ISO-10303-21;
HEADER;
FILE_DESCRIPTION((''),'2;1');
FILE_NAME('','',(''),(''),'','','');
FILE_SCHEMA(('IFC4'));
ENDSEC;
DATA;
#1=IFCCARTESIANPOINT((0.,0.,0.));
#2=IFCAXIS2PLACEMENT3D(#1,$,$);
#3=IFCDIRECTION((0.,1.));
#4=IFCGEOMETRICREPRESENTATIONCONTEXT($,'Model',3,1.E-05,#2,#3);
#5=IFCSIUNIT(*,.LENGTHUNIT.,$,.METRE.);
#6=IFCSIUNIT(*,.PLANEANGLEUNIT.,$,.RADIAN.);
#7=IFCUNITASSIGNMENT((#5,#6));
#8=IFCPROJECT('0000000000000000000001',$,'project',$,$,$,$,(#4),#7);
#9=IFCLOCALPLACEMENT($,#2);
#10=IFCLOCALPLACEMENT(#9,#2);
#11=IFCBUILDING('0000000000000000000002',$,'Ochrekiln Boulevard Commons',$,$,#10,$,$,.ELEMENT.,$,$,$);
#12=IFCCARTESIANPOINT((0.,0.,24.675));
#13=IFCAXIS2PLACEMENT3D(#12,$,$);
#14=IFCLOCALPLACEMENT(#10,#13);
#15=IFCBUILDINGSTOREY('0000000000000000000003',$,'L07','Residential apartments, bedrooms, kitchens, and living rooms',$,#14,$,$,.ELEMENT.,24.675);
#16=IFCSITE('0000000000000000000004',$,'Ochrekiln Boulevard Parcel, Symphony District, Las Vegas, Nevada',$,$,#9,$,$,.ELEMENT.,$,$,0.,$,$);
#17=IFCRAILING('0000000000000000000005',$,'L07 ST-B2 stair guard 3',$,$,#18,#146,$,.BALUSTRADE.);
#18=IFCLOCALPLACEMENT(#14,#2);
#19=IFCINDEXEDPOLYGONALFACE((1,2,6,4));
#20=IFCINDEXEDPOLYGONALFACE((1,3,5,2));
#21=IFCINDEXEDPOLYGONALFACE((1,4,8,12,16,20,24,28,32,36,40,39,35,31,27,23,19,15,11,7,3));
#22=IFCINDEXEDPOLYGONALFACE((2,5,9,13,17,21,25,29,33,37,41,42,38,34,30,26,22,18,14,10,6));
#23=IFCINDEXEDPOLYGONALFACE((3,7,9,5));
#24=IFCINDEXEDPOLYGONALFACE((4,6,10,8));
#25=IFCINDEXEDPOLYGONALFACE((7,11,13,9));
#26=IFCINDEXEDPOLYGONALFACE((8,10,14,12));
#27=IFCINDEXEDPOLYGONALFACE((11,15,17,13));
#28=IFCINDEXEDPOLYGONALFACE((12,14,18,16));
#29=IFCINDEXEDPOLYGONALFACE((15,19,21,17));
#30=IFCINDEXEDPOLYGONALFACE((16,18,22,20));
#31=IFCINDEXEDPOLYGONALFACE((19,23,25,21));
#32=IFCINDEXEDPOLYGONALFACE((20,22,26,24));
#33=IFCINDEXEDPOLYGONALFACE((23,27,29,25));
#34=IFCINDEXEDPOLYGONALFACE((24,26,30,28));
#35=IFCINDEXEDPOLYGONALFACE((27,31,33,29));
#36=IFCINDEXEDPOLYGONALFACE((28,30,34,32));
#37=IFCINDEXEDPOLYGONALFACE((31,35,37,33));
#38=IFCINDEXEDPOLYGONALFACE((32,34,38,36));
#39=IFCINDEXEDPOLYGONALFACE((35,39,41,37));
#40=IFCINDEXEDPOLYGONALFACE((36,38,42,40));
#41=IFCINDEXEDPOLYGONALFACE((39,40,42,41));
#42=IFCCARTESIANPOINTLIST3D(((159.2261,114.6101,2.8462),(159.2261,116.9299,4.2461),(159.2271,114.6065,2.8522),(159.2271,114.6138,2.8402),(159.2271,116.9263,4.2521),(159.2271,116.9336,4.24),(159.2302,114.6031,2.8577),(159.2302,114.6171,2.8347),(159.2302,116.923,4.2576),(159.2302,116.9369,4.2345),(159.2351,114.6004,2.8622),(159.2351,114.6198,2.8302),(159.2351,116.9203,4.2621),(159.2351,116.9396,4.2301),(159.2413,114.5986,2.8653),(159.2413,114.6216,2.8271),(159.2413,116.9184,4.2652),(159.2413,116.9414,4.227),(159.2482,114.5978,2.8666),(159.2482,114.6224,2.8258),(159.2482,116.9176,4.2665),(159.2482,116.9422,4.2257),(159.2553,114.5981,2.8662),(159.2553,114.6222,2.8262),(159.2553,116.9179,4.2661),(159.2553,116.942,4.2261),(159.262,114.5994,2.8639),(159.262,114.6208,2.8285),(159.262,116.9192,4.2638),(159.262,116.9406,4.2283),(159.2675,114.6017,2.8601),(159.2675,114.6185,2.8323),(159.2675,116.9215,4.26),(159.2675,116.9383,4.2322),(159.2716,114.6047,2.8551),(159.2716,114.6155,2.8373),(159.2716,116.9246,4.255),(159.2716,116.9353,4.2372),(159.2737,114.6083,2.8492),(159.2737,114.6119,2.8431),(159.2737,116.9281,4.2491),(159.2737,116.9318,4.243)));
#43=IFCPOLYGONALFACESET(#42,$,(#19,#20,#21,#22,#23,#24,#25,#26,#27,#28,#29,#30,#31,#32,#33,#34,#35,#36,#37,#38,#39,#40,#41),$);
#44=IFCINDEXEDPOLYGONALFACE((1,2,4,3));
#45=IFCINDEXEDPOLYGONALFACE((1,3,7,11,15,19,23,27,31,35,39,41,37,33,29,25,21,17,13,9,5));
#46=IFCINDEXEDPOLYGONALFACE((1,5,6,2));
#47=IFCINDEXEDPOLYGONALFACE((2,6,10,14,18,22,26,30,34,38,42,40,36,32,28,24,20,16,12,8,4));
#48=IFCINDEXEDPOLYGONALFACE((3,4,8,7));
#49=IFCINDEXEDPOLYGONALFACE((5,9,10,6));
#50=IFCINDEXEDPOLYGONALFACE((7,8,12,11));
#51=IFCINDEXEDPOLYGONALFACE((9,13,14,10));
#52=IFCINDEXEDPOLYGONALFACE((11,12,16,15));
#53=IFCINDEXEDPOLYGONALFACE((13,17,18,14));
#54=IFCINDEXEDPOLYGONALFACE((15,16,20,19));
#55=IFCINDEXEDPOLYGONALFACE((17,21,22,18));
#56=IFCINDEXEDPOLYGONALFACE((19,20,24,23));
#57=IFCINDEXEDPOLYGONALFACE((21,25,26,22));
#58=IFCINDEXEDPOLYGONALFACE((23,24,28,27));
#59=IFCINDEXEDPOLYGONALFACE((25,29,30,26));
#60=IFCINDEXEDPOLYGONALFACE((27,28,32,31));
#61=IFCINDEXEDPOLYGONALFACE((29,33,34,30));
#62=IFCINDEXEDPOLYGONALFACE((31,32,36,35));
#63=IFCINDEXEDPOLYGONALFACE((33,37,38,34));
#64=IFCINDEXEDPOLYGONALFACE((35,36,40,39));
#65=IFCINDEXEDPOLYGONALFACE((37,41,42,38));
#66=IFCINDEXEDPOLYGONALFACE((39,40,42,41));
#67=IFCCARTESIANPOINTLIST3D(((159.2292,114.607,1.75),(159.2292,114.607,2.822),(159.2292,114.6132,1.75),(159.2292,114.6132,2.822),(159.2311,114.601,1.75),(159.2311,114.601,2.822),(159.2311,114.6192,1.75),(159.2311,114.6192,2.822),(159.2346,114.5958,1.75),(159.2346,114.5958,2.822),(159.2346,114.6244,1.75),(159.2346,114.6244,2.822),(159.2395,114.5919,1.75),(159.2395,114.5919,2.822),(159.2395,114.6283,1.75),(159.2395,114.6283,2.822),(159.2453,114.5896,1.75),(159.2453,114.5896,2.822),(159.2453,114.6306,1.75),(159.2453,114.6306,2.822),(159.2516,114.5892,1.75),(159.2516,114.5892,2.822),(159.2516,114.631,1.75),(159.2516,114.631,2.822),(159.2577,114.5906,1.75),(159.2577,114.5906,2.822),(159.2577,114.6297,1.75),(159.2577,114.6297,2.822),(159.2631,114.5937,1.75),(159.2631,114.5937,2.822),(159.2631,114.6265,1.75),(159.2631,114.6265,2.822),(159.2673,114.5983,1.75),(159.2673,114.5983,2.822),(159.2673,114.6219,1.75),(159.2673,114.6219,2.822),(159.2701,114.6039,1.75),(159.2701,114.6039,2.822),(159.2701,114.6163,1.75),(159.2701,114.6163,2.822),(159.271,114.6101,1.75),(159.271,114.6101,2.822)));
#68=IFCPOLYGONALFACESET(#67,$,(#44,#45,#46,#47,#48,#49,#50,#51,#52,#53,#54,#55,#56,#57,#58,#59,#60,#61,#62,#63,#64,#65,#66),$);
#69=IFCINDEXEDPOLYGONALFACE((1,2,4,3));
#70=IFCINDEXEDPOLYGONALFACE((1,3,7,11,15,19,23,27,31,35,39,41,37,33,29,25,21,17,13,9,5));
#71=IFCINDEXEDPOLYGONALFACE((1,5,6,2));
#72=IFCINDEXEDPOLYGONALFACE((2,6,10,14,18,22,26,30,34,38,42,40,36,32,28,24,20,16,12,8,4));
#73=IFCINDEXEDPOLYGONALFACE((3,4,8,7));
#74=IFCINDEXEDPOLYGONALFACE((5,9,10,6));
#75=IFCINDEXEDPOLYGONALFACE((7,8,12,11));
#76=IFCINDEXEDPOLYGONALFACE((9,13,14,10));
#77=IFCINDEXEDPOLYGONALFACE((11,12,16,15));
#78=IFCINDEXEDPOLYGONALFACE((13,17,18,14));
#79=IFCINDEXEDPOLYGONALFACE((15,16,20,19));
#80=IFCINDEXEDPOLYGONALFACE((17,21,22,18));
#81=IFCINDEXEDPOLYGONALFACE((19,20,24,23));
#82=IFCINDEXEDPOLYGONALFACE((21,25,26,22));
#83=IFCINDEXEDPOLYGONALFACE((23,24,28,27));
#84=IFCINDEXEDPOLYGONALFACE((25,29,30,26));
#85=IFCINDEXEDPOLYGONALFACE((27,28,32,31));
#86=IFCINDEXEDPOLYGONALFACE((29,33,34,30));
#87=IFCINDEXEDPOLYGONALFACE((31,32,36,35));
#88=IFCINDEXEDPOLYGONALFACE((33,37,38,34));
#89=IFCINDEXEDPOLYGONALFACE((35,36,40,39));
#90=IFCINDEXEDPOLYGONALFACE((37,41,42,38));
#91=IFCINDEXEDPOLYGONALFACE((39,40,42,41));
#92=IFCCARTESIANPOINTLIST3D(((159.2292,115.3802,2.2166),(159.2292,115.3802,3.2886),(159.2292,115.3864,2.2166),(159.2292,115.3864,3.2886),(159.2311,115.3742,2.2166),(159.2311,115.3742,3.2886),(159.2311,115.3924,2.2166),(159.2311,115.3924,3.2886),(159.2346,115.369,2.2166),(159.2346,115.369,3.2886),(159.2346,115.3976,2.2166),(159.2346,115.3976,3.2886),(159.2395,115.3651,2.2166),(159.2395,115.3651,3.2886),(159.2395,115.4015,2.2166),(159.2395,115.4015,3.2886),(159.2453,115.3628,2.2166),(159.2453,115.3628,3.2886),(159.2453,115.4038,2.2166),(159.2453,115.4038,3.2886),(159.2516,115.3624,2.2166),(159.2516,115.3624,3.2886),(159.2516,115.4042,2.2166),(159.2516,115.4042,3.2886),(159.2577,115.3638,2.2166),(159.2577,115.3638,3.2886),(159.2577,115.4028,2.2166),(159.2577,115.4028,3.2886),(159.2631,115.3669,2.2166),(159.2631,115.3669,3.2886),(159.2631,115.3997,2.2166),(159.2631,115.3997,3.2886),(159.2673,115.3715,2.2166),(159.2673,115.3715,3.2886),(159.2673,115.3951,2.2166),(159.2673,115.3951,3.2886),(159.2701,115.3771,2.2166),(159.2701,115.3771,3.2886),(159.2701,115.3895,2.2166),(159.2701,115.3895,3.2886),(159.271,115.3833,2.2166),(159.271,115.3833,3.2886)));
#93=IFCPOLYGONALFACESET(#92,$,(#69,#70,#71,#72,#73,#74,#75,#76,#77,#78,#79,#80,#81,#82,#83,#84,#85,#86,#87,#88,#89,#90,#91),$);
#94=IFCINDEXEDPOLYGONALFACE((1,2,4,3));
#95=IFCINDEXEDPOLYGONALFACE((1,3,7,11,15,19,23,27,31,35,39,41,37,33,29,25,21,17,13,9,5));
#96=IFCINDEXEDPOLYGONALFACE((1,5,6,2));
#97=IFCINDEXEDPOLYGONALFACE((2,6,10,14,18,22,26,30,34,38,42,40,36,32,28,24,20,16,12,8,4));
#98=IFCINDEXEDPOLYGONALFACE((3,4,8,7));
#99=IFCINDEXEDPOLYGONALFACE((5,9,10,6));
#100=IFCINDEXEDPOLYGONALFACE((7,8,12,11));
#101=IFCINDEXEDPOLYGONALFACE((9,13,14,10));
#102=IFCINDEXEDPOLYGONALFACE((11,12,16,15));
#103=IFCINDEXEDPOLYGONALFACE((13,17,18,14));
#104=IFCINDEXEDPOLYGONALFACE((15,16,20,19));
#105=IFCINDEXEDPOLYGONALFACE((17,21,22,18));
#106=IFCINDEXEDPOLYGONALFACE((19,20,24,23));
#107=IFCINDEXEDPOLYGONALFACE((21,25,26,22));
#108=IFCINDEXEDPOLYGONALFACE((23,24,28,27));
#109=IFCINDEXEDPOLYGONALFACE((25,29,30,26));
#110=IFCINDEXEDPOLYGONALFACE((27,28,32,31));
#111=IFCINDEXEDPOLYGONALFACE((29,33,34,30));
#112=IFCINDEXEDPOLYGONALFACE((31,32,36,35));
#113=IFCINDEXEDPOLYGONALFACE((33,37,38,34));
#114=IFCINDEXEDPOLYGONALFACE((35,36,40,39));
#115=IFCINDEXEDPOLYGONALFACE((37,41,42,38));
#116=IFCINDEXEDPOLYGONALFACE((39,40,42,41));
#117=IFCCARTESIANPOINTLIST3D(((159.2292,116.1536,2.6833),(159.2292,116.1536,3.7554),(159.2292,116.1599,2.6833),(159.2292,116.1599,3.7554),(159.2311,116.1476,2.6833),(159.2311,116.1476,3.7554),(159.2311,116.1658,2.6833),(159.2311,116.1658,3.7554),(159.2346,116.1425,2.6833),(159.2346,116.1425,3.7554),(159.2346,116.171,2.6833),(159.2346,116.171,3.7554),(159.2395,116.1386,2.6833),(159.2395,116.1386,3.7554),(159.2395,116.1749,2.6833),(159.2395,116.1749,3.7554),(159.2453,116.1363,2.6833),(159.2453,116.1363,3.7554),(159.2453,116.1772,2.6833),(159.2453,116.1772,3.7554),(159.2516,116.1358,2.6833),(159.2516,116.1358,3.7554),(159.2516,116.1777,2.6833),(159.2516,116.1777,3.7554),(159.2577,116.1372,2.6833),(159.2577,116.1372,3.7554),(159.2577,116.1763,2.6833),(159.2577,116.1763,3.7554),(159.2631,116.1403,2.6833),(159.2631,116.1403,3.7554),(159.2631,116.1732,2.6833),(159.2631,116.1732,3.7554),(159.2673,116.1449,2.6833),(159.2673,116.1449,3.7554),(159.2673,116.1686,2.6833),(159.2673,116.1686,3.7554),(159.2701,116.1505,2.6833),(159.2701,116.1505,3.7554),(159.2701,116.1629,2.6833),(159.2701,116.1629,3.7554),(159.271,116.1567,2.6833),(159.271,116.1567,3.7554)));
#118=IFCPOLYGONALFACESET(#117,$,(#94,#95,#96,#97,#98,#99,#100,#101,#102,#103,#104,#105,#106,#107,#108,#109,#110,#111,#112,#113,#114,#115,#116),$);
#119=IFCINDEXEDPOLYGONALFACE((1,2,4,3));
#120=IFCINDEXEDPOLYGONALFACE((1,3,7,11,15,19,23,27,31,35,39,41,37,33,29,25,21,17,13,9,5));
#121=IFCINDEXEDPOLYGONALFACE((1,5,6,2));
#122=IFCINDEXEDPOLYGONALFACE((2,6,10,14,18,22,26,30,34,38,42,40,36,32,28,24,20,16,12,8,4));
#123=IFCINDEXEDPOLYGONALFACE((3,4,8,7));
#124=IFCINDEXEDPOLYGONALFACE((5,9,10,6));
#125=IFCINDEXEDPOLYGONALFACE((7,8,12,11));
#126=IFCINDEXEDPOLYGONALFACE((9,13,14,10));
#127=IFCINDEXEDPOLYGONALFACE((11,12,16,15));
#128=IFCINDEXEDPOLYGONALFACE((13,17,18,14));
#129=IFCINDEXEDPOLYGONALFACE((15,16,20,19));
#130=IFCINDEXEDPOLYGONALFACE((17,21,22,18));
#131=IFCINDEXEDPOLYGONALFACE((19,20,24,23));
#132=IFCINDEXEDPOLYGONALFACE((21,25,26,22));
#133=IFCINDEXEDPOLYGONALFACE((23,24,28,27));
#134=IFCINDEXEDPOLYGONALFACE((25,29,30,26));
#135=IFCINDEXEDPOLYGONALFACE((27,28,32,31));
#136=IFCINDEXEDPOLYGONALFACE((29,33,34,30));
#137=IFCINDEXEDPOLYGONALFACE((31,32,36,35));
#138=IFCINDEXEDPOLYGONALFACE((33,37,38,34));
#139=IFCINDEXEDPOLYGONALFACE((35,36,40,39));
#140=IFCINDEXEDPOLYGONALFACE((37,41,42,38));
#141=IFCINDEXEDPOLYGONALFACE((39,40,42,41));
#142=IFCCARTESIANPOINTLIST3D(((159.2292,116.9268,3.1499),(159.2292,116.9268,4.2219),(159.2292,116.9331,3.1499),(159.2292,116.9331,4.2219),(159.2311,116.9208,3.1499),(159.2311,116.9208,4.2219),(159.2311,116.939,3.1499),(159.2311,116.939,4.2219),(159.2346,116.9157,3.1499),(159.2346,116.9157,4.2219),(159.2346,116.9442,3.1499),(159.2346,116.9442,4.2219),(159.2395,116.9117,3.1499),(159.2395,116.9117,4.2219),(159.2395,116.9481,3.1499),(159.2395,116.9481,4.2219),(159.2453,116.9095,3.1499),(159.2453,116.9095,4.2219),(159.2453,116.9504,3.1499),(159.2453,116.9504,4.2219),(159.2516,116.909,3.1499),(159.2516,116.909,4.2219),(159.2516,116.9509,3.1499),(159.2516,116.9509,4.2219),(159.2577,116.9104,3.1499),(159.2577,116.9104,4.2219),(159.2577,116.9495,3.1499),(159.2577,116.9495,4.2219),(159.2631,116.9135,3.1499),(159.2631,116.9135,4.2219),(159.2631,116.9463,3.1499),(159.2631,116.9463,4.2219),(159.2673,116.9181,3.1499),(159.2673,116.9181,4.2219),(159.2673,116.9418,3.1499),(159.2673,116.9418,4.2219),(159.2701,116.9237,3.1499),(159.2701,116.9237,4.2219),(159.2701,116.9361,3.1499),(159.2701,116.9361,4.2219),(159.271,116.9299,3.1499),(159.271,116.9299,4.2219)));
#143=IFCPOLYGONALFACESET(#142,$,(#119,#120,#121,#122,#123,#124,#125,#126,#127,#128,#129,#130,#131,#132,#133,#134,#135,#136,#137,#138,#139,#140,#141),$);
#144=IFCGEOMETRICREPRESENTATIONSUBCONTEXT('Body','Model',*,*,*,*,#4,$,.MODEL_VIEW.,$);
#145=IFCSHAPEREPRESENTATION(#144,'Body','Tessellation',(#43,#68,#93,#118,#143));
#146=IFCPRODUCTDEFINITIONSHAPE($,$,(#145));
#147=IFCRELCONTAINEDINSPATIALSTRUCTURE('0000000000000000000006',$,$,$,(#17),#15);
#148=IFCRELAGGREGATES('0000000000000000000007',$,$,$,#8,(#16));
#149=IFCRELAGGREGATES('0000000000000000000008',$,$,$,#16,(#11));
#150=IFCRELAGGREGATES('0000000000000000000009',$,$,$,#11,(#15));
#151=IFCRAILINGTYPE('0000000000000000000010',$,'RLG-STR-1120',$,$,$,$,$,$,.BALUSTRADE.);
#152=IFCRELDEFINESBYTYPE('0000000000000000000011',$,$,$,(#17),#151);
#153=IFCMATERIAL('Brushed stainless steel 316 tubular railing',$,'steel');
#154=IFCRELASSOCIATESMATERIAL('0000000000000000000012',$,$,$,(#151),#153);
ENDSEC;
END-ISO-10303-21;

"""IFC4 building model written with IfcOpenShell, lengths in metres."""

from ifc_helpers import new_model, si_unit, direction, frame, origin, origin_2d, place, context, subcontext, project, spatial, circle, extrude, material, type_object, element, save


model = new_model("IFC4")

# Units and contexts
model_context = context("Model", 3, precision=1e-05, world=origin(), true_north=direction((0.0, 1.0)))
body_context = subcontext(model_context, "Body", "Model", "MODEL_VIEW")
ifc_project = project(units=[si_unit("LENGTHUNIT", "METRE"), si_unit("PLANEANGLEUNIT", "RADIAN")], contexts=[model_context])

# Site, building, storey
site_placement = place(None, origin())
site = spatial("IfcSite", under=ifc_project, at=site_placement, Name="Ochrekiln Boulevard Parcel, Symphony District, Las Vegas, Nevada", CompositionType="ELEMENT", RefElevation=0.0)
building_placement = place(site_placement, origin())
building = spatial("IfcBuilding", under=site, at=building_placement, Name="Ochrekiln Boulevard Commons", CompositionType="ELEMENT")
storey_placement = place(building_placement, frame((0.0, 0.0, 24.675)))
storey = spatial("IfcBuildingStorey", under=building, at=storey_placement, Name="L07", Description="Residential apartments, bedrooms, kitchens, and living rooms", CompositionType="ELEMENT", Elevation=24.675)

# Railing
ifc_material_1 = material(Name="Brushed stainless steel 316 tubular railing", Category="steel")
railing_type_1 = type_object("IfcRailingType", Name="RLG-STR-1120", PredefinedType="BALUSTRADE", material=ifc_material_1)
railing_1_placement = place(storey_placement, frame((159.25, 114.6101, 1.75)))
element("IfcRailing", 1, at=railing_1_placement, inside=storey, type_object=railing_type_1, Name="L07 ST-B2 stair guard 3", PredefinedType="BALUSTRADE", context=body_context, shape_type="SweptSolid", body=[
    extrude(circle(Radius=0.0239, at=origin_2d()), frame((0.0, 0.0, 1.0962), z_axis=(0.0, 0.856186, 0.516667), x_axis=(-1.0, 0.0, 0.0)), (0.0, 0.0, 1.0), 2.7095),
    extrude(circle(Radius=0.021, at=origin_2d()), origin(), (0.0, 0.0, 1.0), 1.072),
    extrude(circle(Radius=0.021, at=origin_2d()), frame((0.0, 0.7732, 0.4666)), (0.0, 0.0, 1.0), 1.072),
    extrude(circle(Radius=0.021, at=origin_2d()), frame((0.0, 1.5466, 0.9333)), (0.0, 0.0, 1.0), 1.072),
    extrude(circle(Radius=0.021, at=origin_2d()), frame((0.0, 2.3198, 1.3999)), (0.0, 0.0, 1.0), 1.072),
])

save(model, "model.ifc")
